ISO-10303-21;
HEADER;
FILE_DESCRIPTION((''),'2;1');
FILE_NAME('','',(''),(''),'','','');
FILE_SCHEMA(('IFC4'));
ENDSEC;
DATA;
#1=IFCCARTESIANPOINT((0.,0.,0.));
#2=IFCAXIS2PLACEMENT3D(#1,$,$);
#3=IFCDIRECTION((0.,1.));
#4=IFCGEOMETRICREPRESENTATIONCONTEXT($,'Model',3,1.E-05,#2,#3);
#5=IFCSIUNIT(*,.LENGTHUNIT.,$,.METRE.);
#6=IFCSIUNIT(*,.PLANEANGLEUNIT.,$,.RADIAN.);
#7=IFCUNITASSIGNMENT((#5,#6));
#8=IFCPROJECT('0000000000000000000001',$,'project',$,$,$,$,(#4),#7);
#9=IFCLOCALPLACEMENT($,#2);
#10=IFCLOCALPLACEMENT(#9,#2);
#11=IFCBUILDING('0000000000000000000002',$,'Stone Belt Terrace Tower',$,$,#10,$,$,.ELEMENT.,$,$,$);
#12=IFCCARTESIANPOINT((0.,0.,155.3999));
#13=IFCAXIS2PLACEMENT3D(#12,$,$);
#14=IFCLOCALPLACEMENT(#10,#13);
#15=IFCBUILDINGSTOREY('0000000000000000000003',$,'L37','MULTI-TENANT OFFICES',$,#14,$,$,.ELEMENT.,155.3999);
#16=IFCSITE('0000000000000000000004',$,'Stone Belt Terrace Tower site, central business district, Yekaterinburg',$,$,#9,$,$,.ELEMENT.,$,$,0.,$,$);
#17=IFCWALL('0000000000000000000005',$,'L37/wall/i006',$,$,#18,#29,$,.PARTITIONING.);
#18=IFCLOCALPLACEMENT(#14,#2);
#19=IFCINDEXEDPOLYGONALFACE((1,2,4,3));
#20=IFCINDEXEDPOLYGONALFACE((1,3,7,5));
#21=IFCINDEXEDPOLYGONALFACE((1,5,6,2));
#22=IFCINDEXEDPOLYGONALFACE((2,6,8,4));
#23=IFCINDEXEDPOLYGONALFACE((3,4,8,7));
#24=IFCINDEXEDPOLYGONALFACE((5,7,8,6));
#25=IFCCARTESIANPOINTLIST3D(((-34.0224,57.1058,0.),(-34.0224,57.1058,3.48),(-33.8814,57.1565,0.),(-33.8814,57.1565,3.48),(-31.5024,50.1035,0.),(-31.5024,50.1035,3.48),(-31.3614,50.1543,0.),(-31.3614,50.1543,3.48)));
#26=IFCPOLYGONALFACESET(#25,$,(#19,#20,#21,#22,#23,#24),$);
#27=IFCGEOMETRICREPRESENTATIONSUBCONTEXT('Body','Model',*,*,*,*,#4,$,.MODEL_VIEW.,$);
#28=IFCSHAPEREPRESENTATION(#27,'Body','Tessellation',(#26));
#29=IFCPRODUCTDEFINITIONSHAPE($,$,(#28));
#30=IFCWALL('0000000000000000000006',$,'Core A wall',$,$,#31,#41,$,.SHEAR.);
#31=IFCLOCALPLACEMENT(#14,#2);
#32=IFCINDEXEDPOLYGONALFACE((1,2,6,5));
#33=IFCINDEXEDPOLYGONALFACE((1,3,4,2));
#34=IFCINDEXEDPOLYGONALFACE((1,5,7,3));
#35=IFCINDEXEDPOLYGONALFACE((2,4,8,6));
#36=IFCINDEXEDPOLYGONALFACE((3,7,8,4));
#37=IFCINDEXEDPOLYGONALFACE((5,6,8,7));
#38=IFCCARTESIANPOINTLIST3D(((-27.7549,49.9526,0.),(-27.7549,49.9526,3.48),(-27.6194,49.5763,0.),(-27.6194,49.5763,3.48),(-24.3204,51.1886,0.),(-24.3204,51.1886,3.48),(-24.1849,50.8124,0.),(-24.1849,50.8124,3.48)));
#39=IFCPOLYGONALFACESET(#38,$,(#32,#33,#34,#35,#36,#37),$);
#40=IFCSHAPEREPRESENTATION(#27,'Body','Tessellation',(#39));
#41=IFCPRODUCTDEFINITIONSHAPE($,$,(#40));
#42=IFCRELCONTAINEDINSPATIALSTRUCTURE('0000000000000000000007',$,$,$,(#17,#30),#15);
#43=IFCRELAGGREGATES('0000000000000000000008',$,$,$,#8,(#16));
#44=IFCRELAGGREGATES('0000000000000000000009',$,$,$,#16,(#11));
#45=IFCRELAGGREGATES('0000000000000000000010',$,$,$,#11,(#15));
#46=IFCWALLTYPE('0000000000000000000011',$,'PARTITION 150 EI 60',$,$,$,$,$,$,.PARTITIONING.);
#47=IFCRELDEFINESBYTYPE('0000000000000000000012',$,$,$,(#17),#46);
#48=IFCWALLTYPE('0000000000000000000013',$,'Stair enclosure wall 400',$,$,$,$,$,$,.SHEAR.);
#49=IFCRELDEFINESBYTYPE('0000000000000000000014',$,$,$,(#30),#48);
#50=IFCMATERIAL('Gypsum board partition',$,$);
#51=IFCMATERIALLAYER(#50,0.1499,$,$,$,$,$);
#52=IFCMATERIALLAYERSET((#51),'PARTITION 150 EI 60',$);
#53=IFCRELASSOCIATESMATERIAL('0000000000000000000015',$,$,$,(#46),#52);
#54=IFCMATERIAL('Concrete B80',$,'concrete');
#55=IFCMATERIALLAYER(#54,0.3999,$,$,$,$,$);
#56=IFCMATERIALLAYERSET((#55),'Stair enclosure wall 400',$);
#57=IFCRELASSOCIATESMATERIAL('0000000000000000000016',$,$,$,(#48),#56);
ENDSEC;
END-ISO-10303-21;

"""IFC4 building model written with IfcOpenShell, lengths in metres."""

from ifc_helpers import new_model, si_unit, direction, frame, frame_2d, origin, place, context, subcontext, project, spatial, rectangle, extrude, material, layer, layer_set, type_object, element, save


model = new_model("IFC4")

# Units and contexts
model_context = context("Model", 3, precision=1e-05, world=origin(), true_north=direction((0.0, 1.0)))
body_context = subcontext(model_context, "Body", "Model", "MODEL_VIEW")
ifc_project = project(units=[si_unit("LENGTHUNIT", "METRE"), si_unit("PLANEANGLEUNIT", "RADIAN")], contexts=[model_context])

# Site, building, storey
site_placement = place(None, origin())
site = spatial("IfcSite", under=ifc_project, at=site_placement, Name="Stone Belt Terrace Tower site, central business district, Yekaterinburg", CompositionType="ELEMENT", RefElevation=0.0)
building_placement = place(site_placement, origin())
building = spatial("IfcBuilding", under=site, at=building_placement, Name="Stone Belt Terrace Tower", CompositionType="ELEMENT")
storey_placement = place(building_placement, frame((0.0, 0.0, 155.3999)))
storey = spatial("IfcBuildingStorey", under=building, at=storey_placement, Name="L37", Description="MULTI-TENANT OFFICES", CompositionType="ELEMENT", Elevation=155.3999)

# Shared definitions
ifc_material_1 = material(Name="Concrete B80", Category="concrete")

# Shared definitions
ifc_material_2 = material(Name="Gypsum board partition")
ifc_layer_1 = layer(ifc_material_2, 0.1499)
ifc_layer_set_1 = layer_set([ifc_layer_1], Name="PARTITION 150 EI 60")
wall_type_1 = type_object("IfcWallType", Name="PARTITION 150 EI 60", PredefinedType="PARTITIONING", material=ifc_layer_set_1)

# Walls
wall_1_placement = place(storey_placement, frame((-31.4319, 50.1289, 0.0), z_axis=(0.0, 0.0, 1.0), x_axis=(-0.338628, 0.94092, 0.0)))
element("IfcWall", 1, at=wall_1_placement, inside=storey, type_object=wall_type_1, Name="L37/wall/i006", PredefinedType="PARTITIONING", context=body_context, shape_type="SweptSolid", body=[
    extrude(rectangle(XDim=7.4419, YDim=0.1499, at=frame_2d((3.7209, 0.0))), origin(), (0.0, 0.0, 1.0), 3.48),
])
ifc_layer_2 = layer(ifc_material_1, 0.3999)
ifc_layer_set_2 = layer_set([ifc_layer_2], Name="Stair enclosure wall 400")
wall_type_2 = type_object("IfcWallType", Name="Stair enclosure wall 400", PredefinedType="SHEAR", material=ifc_layer_set_2)
wall_2_placement = place(storey_placement, frame((-27.6873, 49.7644, 0.0), z_axis=(0.0, 0.0, 1.0), x_axis=(0.940919, 0.338632, 0.0)))
element("IfcWall", 2, at=wall_2_placement, inside=storey, type_object=wall_type_2, Name="Core A wall", PredefinedType="SHEAR", context=body_context, shape_type="SweptSolid", body=[
    extrude(rectangle(XDim=3.6501, YDim=0.3999, at=frame_2d((1.8252, 0.0))), origin(), (0.0, 0.0, 1.0), 3.48),
])

save(model, "model.ifc")
